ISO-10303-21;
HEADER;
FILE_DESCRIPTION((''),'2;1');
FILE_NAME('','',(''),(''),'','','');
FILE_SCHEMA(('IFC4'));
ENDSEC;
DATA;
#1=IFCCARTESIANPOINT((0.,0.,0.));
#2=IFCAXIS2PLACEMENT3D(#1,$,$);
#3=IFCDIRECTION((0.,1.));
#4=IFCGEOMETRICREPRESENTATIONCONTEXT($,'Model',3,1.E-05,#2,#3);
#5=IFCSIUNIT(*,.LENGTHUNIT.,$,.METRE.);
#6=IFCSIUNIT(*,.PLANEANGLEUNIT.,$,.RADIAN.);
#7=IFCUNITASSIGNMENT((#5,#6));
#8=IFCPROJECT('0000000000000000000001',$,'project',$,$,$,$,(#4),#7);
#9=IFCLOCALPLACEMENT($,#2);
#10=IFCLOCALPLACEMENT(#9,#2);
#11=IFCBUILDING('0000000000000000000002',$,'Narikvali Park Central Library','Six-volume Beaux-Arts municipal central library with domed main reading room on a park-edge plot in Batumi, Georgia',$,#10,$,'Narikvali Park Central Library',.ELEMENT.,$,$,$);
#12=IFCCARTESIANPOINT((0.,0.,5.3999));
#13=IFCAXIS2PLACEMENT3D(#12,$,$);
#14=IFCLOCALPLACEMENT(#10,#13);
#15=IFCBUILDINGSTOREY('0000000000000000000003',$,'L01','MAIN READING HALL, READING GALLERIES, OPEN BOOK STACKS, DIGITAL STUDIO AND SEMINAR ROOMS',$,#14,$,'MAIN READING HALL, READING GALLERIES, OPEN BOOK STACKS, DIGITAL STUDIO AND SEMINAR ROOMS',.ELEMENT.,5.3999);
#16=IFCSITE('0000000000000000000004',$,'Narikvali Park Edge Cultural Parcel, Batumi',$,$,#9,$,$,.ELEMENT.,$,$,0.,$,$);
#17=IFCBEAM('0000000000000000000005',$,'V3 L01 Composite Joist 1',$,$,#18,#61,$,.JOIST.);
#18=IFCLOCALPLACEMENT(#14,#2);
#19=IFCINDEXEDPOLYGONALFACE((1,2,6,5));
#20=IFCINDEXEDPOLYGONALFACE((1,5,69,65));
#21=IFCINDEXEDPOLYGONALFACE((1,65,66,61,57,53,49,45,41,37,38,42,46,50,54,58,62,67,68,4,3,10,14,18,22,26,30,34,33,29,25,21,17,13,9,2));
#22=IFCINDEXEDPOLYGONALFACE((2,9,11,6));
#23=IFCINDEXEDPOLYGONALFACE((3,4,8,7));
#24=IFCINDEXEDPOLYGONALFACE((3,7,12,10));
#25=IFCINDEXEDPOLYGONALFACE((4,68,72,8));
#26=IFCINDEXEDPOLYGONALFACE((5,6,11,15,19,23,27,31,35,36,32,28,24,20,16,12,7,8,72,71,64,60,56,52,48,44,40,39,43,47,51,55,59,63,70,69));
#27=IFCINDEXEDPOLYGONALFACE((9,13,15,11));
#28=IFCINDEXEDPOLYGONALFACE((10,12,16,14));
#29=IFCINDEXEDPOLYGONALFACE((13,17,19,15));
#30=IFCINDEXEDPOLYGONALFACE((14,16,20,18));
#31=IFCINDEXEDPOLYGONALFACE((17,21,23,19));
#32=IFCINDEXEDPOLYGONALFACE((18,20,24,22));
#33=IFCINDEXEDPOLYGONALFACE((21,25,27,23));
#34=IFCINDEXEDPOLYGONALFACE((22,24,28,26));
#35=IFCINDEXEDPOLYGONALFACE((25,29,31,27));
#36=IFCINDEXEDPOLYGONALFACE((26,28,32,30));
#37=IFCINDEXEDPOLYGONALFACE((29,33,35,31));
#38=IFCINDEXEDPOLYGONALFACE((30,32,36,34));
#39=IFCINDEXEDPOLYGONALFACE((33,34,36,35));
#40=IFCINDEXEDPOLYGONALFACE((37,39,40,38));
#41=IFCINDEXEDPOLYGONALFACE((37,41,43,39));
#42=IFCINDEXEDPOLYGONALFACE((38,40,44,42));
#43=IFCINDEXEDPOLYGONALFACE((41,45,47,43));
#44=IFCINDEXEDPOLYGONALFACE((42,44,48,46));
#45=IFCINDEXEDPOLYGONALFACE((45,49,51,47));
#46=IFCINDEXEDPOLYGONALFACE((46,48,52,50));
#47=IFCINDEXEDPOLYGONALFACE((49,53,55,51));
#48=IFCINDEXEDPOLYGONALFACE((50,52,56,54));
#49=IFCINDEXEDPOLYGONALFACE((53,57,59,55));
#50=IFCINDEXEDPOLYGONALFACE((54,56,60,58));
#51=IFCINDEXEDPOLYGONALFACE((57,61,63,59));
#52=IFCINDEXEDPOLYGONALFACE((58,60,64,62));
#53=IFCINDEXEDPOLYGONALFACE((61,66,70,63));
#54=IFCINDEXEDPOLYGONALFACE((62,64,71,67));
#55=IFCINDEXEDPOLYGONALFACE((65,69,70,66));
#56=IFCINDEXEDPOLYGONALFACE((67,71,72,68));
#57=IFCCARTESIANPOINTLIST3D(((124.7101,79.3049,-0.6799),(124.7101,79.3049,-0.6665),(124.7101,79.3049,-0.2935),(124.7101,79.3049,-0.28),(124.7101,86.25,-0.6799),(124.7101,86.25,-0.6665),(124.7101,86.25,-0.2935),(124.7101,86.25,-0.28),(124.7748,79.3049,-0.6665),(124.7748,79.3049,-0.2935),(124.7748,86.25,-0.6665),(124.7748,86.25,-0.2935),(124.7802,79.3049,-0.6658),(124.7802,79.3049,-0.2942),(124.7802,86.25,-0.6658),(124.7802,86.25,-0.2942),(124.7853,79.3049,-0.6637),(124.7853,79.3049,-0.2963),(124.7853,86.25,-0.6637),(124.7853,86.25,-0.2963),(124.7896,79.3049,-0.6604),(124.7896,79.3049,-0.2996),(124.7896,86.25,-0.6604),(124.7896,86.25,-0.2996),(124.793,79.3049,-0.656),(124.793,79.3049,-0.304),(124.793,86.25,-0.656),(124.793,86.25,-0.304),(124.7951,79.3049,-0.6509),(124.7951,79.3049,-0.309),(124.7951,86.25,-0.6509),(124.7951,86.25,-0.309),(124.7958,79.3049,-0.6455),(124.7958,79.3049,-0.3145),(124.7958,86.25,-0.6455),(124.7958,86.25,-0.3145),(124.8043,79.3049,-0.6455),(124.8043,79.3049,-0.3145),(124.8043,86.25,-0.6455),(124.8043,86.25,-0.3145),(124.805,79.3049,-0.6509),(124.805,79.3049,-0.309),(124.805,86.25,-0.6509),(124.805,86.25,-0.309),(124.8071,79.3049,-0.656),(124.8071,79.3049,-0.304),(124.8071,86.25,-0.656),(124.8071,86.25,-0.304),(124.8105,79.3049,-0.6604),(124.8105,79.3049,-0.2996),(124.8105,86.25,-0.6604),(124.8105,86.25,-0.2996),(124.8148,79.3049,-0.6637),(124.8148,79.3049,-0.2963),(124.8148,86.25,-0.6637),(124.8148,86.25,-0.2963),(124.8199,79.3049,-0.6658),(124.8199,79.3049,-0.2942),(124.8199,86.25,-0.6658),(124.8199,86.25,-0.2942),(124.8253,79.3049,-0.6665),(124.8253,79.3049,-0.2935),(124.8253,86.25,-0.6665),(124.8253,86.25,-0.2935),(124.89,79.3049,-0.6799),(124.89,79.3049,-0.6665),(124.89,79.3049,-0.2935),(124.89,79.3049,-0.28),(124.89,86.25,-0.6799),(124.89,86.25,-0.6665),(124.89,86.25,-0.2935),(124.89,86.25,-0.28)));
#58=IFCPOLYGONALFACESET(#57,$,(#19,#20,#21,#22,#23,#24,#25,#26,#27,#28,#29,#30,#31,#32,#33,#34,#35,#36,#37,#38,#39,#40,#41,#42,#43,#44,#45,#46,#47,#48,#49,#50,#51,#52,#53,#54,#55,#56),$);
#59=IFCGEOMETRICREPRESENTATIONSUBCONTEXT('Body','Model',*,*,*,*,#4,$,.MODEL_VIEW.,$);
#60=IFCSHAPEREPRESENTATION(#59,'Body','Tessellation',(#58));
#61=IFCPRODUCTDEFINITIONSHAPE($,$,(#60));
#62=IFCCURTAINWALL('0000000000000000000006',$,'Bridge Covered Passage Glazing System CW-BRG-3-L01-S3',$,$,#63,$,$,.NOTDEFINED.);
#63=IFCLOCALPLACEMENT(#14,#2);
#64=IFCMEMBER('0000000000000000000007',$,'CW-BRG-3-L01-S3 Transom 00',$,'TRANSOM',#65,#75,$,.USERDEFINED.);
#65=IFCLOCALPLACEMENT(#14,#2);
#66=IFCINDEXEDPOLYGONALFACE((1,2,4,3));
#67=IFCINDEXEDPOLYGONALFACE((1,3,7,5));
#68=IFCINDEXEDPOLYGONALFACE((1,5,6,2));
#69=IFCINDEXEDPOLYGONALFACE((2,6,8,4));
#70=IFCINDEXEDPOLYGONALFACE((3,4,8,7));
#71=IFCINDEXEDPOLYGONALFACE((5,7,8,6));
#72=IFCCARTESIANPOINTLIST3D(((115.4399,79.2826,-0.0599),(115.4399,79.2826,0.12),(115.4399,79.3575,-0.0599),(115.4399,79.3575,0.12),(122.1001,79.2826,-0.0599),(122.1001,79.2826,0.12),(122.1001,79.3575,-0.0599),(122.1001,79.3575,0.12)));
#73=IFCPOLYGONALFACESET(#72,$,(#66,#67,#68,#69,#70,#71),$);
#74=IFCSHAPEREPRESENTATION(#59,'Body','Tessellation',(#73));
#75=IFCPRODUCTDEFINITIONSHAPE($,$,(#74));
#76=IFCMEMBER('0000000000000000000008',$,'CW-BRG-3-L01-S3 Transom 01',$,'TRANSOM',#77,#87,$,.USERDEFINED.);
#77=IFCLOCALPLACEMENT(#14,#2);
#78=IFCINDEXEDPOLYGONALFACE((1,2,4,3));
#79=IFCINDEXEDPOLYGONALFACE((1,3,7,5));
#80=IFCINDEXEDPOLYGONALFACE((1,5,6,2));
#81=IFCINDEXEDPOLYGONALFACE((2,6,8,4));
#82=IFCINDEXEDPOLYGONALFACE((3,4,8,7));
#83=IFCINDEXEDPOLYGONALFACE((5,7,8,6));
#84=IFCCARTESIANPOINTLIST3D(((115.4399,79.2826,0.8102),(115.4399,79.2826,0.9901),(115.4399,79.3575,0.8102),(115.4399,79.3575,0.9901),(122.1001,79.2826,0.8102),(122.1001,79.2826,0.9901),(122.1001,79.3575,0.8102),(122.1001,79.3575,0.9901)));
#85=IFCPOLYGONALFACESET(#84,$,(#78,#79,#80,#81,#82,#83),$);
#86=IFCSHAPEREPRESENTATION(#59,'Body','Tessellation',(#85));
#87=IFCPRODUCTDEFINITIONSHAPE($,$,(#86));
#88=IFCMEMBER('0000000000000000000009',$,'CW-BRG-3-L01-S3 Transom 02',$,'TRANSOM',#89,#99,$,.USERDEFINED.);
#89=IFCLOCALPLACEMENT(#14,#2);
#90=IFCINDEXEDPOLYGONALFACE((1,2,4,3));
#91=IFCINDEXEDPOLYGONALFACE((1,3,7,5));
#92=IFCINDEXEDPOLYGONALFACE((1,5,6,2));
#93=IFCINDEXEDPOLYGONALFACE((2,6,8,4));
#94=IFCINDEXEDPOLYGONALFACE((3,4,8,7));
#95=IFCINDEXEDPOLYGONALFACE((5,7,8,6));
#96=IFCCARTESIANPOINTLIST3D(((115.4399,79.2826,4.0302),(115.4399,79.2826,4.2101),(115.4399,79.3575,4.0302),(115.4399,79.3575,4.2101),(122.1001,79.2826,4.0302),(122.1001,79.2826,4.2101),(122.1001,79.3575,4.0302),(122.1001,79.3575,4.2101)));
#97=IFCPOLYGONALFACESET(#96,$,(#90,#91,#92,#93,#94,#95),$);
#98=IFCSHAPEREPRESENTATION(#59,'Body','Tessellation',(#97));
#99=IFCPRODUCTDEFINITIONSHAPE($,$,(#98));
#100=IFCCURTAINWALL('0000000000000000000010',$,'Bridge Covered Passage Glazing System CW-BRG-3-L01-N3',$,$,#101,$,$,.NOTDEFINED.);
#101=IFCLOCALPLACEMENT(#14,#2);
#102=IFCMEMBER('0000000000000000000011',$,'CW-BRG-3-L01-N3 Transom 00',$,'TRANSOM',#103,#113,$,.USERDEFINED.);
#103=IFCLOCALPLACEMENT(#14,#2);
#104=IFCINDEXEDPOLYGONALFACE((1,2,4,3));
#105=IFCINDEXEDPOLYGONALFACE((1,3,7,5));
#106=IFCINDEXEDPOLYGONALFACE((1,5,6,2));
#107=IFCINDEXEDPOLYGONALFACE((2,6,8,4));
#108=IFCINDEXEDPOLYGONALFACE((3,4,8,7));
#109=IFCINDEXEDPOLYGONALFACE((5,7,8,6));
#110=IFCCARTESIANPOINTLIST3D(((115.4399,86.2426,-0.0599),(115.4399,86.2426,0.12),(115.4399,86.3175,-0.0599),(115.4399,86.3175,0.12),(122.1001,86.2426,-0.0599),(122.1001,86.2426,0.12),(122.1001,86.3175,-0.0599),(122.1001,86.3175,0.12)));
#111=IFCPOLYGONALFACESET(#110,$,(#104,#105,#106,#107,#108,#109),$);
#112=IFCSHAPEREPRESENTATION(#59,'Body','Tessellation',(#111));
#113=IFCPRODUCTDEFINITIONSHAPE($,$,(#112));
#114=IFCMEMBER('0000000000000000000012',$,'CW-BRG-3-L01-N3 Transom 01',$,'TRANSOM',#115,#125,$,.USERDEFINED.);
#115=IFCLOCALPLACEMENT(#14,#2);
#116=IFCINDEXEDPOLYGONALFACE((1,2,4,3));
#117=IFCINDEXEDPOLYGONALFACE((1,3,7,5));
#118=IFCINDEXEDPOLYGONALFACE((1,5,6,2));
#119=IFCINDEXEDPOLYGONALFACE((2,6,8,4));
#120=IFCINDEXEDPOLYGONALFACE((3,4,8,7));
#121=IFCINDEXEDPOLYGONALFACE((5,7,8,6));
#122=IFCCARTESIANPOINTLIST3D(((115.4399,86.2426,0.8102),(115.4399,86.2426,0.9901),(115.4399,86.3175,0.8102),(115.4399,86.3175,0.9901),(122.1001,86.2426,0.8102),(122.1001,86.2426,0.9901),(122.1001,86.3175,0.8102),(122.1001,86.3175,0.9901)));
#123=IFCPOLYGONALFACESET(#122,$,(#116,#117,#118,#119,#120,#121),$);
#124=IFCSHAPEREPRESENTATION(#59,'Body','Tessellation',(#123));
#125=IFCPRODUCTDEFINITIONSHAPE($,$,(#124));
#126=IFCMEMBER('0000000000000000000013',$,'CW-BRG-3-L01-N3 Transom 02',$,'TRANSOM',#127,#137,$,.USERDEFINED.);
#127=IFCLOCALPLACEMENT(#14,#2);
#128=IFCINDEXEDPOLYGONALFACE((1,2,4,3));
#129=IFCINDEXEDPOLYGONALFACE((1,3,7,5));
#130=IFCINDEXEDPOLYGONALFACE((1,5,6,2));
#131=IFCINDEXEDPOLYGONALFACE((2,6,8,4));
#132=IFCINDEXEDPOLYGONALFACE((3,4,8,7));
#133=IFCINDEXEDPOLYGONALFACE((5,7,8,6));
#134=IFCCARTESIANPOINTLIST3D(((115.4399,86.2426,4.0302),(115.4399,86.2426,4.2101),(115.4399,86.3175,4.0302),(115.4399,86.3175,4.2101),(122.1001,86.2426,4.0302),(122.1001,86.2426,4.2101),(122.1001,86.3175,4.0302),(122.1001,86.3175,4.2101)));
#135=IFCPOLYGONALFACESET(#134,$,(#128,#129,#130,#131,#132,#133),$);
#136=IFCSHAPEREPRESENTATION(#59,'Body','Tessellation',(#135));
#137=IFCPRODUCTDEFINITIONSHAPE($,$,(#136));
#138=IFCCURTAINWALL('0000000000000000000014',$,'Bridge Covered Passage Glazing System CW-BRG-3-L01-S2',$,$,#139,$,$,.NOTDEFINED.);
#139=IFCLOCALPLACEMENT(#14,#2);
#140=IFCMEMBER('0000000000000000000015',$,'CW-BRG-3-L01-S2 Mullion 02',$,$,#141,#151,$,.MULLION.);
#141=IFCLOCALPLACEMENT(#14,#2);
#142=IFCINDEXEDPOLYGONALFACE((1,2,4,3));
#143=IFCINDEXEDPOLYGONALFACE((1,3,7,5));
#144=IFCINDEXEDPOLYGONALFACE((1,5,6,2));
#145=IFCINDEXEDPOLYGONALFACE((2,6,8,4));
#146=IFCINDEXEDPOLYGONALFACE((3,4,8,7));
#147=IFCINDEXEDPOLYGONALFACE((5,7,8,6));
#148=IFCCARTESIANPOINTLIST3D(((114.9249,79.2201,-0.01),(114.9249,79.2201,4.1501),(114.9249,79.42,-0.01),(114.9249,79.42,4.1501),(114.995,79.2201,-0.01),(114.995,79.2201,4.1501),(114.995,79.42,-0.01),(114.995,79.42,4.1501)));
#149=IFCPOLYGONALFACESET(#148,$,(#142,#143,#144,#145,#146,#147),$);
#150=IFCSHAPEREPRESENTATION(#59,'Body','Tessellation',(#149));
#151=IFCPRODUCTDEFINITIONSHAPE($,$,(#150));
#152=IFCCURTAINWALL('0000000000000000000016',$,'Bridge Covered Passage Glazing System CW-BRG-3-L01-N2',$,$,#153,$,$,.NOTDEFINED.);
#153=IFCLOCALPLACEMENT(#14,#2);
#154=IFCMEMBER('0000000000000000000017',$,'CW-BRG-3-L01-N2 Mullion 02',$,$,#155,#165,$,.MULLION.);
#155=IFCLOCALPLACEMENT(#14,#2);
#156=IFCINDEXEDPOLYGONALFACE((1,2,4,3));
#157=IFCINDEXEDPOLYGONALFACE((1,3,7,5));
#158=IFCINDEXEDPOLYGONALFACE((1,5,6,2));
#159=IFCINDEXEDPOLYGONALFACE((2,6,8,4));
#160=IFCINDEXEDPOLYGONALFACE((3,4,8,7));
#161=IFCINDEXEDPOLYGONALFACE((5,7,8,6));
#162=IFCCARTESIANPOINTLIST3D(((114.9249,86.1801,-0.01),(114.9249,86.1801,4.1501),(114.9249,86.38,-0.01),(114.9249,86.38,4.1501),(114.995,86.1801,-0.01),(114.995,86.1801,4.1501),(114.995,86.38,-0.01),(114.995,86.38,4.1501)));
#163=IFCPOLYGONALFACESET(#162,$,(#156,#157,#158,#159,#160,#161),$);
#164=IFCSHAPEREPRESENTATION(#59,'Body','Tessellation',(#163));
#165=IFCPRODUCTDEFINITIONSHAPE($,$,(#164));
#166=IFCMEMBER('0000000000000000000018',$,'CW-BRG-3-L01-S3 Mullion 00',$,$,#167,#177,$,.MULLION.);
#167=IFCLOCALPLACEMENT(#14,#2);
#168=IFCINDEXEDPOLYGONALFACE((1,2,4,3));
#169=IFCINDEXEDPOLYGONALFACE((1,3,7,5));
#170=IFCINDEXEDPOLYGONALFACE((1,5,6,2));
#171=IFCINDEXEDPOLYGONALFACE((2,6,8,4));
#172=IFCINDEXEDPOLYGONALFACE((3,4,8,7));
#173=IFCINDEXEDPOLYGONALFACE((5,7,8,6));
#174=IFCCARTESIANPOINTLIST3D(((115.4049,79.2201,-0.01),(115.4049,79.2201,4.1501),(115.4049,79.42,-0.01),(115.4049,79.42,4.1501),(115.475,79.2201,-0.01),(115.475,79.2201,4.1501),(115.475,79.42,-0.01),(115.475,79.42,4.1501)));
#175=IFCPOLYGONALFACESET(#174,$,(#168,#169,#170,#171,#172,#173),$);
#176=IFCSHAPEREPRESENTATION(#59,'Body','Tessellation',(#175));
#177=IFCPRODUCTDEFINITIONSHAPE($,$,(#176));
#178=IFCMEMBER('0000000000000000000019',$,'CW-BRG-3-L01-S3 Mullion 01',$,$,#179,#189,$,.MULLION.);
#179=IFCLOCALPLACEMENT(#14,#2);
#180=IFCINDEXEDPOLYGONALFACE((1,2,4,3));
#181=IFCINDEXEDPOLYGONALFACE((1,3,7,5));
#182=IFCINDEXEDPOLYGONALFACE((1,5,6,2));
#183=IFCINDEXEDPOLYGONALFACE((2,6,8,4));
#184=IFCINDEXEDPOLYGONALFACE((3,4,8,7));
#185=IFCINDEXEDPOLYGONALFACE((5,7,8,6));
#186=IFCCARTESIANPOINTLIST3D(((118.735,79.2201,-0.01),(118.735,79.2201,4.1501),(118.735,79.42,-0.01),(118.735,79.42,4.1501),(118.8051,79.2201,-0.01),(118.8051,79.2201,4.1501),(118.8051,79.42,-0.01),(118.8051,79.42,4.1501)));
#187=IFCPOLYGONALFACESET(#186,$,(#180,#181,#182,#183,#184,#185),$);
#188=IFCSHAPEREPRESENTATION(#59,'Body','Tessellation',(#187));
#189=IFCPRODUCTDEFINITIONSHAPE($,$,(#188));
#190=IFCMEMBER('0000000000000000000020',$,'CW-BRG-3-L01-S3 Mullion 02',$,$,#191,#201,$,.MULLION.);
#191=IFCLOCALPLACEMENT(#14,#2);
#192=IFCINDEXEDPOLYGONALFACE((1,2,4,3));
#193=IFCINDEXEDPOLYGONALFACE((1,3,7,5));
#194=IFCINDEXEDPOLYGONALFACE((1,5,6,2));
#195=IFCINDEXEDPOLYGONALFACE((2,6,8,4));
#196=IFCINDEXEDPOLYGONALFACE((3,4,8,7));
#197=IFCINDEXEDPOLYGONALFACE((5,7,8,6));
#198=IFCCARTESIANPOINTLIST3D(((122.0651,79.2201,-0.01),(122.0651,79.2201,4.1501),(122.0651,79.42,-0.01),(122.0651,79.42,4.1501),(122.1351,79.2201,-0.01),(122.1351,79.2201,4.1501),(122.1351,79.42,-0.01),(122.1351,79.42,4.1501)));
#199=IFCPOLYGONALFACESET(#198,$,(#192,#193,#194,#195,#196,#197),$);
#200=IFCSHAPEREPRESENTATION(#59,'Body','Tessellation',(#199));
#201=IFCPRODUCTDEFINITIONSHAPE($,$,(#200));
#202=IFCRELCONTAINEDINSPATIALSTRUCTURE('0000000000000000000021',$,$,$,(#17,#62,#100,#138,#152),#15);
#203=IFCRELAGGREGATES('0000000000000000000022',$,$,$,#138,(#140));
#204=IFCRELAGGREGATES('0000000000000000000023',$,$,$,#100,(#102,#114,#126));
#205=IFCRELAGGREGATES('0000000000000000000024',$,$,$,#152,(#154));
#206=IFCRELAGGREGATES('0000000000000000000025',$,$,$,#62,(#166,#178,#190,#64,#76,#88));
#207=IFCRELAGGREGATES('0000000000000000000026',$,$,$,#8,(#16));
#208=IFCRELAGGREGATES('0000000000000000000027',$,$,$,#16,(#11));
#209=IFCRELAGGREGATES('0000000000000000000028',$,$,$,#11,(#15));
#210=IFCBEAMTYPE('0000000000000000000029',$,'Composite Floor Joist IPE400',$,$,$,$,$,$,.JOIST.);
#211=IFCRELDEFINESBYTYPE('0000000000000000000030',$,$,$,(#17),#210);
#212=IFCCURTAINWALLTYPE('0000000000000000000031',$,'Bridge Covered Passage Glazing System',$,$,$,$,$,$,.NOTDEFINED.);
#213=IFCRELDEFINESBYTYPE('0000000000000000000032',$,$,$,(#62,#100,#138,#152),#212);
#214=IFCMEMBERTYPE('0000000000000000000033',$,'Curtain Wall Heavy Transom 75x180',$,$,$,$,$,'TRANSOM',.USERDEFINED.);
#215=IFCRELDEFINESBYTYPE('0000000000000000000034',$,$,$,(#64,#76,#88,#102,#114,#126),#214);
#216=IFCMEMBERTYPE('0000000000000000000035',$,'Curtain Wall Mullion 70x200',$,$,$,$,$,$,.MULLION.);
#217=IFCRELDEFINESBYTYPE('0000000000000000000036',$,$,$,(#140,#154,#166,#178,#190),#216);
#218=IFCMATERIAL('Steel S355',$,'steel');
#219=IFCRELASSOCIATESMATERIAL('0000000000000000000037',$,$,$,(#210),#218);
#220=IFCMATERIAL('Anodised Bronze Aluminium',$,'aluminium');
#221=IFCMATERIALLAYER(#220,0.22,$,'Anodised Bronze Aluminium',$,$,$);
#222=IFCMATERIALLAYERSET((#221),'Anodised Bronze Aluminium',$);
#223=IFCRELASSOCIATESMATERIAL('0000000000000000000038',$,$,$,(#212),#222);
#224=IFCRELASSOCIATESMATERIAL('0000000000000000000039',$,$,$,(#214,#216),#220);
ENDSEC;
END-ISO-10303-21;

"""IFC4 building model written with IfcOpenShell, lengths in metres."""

from ifc_helpers import new_model, si_unit, direction, frame, origin, origin_2d, place, context, subcontext, project, spatial, rectangle, i_section, extrude, material, layer, layer_set, material_profile, profile_set, type_object, element, aggregate, save


model = new_model("IFC4")

# Units and contexts
model_context = context("Model", 3, precision=1e-05, world=origin(), true_north=direction((0.0, 1.0)))
body_context = subcontext(model_context, "Body", "Model", "MODEL_VIEW")
ifc_project = project(units=[si_unit("LENGTHUNIT", "METRE"), si_unit("PLANEANGLEUNIT", "RADIAN")], contexts=[model_context])

# Site, building, storey
site_placement = place(None, origin())
site = spatial("IfcSite", under=ifc_project, at=site_placement, Name="Narikvali Park Edge Cultural Parcel, Batumi", CompositionType="ELEMENT", RefElevation=0.0)
building_placement = place(site_placement, origin())
building = spatial("IfcBuilding", under=site, at=building_placement, Name="Narikvali Park Central Library", Description="Six-volume Beaux-Arts municipal central library with domed main reading room on a park-edge plot in Batumi, Georgia", LongName="Narikvali Park Central Library", CompositionType="ELEMENT")
storey_placement = place(building_placement, frame((0.0, 0.0, 5.3999)))
storey = spatial("IfcBuildingStorey", under=building, at=storey_placement, Name="L01", Description="MAIN READING HALL, READING GALLERIES, OPEN BOOK STACKS, DIGITAL STUDIO AND SEMINAR ROOMS", LongName="MAIN READING HALL, READING GALLERIES, OPEN BOOK STACKS, DIGITAL STUDIO AND SEMINAR ROOMS", CompositionType="ELEMENT", Elevation=5.3999)

# Shared definitions
ifc_material_1 = material(Name="Steel S355", Category="steel")

# Beam
ifc_material_profile_1 = material_profile(ifc_material_1, i_section(OverallWidth=0.1799, OverallDepth=0.3999, WebThickness=0.0085, FlangeThickness=0.0134, FilletRadius=0.021, at=origin_2d()), Name="IPE 400")
ifc_profile_set_1 = profile_set([ifc_material_profile_1], Name="Steel S355")
beam_type_1 = type_object("IfcBeamType", Name="Composite Floor Joist IPE400", PredefinedType="JOIST", material=ifc_profile_set_1)
beam_1_placement = place(storey_placement, frame((124.8, 79.3049, -0.48), z_axis=(0.0, 1.0, 0.0), x_axis=(-1.0, 0.0, 0.0)))
element("IfcBeam", 1, at=beam_1_placement, inside=storey, type_object=beam_type_1, Name="V3 L01 Composite Joist 1", PredefinedType="JOIST", context=body_context, shape_type="SweptSolid", body=[
    extrude(i_section(OverallWidth=0.1799, OverallDepth=0.3999, WebThickness=0.0085, FlangeThickness=0.0134, FilletRadius=0.021, at=origin_2d()), origin(), (0.0, 0.0, 1.0), 6.9451),
])

# Curtain walls, members
ifc_material_2 = material(Name="Anodised Bronze Aluminium", Category="aluminium")
ifc_layer_1 = layer(ifc_material_2, 0.22, Name="Anodised Bronze Aluminium")
ifc_layer_set_1 = layer_set([ifc_layer_1], Name="Anodised Bronze Aluminium")
curtain_wall_type = type_object("IfcCurtainWallType", Name="Bridge Covered Passage Glazing System", PredefinedType="NOTDEFINED", material=ifc_layer_set_1)
curtain_wall_1_placement = place(storey_placement, origin())
curtain_wall_1 = element("IfcCurtainWall", 2, at=curtain_wall_1_placement, inside=storey, type_object=curtain_wall_type, Name="Bridge Covered Passage Glazing System CW-BRG-3-L01-S3", PredefinedType="NOTDEFINED")
ifc_material_profile_2 = material_profile(ifc_material_2, rectangle(XDim=0.075, YDim=0.1799, at=origin_2d()), Name="CW TRANSOM 75x180")
ifc_profile_set_2 = profile_set([ifc_material_profile_2], Name="Anodised Bronze Aluminium")
member_type_1 = type_object("IfcMemberType", Name="Curtain Wall Heavy Transom 75x180", ElementType="TRANSOM", PredefinedType="USERDEFINED", material=ifc_profile_set_2)
member_1_placement = place(storey_placement, frame((115.4399, 79.3201, 0.03), z_axis=(1.0, 0.0, 0.0), x_axis=(0.0, 1.0, 0.0)))
member_1 = element("IfcMember", 3, at=member_1_placement, type_object=member_type_1, Name="CW-BRG-3-L01-S3 Transom 00", ObjectType="TRANSOM", PredefinedType="USERDEFINED", context=body_context, shape_type="SweptSolid", body=[
    extrude(rectangle(XDim=0.075, YDim=0.1799, at=origin_2d()), origin(), (0.0, 0.0, 1.0), 6.6602),
])
member_2_placement = place(storey_placement, frame((115.4399, 79.3201, 0.9001), z_axis=(1.0, 0.0, 0.0), x_axis=(0.0, 1.0, 0.0)))
member_2 = element("IfcMember", 4, at=member_2_placement, type_object=member_type_1, Name="CW-BRG-3-L01-S3 Transom 01", ObjectType="TRANSOM", PredefinedType="USERDEFINED", context=body_context, shape_type="SweptSolid", body=[
    extrude(rectangle(XDim=0.075, YDim=0.1799, at=origin_2d()), origin(), (0.0, 0.0, 1.0), 6.6602),
])
member_3_placement = place(storey_placement, frame((115.4399, 79.3201, 4.1201), z_axis=(1.0, 0.0, 0.0), x_axis=(0.0, 1.0, 0.0)))
member_3 = element("IfcMember", 5, at=member_3_placement, type_object=member_type_1, Name="CW-BRG-3-L01-S3 Transom 02", ObjectType="TRANSOM", PredefinedType="USERDEFINED", context=body_context, shape_type="SweptSolid", body=[
    extrude(rectangle(XDim=0.075, YDim=0.1799, at=origin_2d()), origin(), (0.0, 0.0, 1.0), 6.6602),
])
curtain_wall_2_placement = place(storey_placement, origin())
curtain_wall_2 = element("IfcCurtainWall", 6, at=curtain_wall_2_placement, inside=storey, type_object=curtain_wall_type, Name="Bridge Covered Passage Glazing System CW-BRG-3-L01-N3", PredefinedType="NOTDEFINED")
member_4_placement = place(storey_placement, frame((115.4399, 86.28, 0.03), z_axis=(1.0, 0.0, 0.0), x_axis=(0.0, 1.0, 0.0)))
member_4 = element("IfcMember", 7, at=member_4_placement, type_object=member_type_1, Name="CW-BRG-3-L01-N3 Transom 00", ObjectType="TRANSOM", PredefinedType="USERDEFINED", context=body_context, shape_type="SweptSolid", body=[
    extrude(rectangle(XDim=0.075, YDim=0.1799, at=origin_2d()), origin(), (0.0, 0.0, 1.0), 6.6602),
])
member_5_placement = place(storey_placement, frame((115.4399, 86.28, 0.9001), z_axis=(1.0, 0.0, 0.0), x_axis=(0.0, 1.0, 0.0)))
member_5 = element("IfcMember", 8, at=member_5_placement, type_object=member_type_1, Name="CW-BRG-3-L01-N3 Transom 01", ObjectType="TRANSOM", PredefinedType="USERDEFINED", context=body_context, shape_type="SweptSolid", body=[
    extrude(rectangle(XDim=0.075, YDim=0.1799, at=origin_2d()), origin(), (0.0, 0.0, 1.0), 6.6602),
])
member_6_placement = place(storey_placement, frame((115.4399, 86.28, 4.1201), z_axis=(1.0, 0.0, 0.0), x_axis=(0.0, 1.0, 0.0)))
member_6 = element("IfcMember", 9, at=member_6_placement, type_object=member_type_1, Name="CW-BRG-3-L01-N3 Transom 02", ObjectType="TRANSOM", PredefinedType="USERDEFINED", context=body_context, shape_type="SweptSolid", body=[
    extrude(rectangle(XDim=0.075, YDim=0.1799, at=origin_2d()), origin(), (0.0, 0.0, 1.0), 6.6602),
])

# Curtain walls, members
curtain_wall_3_placement = place(storey_placement, origin())
curtain_wall_3 = element("IfcCurtainWall", 10, at=curtain_wall_3_placement, inside=storey, type_object=curtain_wall_type, Name="Bridge Covered Passage Glazing System CW-BRG-3-L01-S2", PredefinedType="NOTDEFINED")
ifc_material_profile_3 = material_profile(ifc_material_2, rectangle(XDim=0.0701, YDim=0.2, at=origin_2d()), Name="CW MULLION 70x200")
ifc_profile_set_3 = profile_set([ifc_material_profile_3], Name="Anodised Bronze Aluminium")
member_type_2 = type_object("IfcMemberType", Name="Curtain Wall Mullion 70x200", PredefinedType="MULLION", material=ifc_profile_set_3)
member_7_placement = place(storey_placement, frame((114.96, 79.3201, -0.01), z_axis=(0.0, 0.0, 1.0), x_axis=(1.0, 0.0, 0.0)))
member_7 = element("IfcMember", 11, at=member_7_placement, type_object=member_type_2, Name="CW-BRG-3-L01-S2 Mullion 02", PredefinedType="MULLION", context=body_context, shape_type="SweptSolid", body=[
    extrude(rectangle(XDim=0.0701, YDim=0.2, at=origin_2d()), origin(), (0.0, 0.0, 1.0), 4.1602),
])
aggregate(curtain_wall_3, [member_7])
curtain_wall_4_placement = place(storey_placement, origin())
curtain_wall_4 = element("IfcCurtainWall", 12, at=curtain_wall_4_placement, inside=storey, type_object=curtain_wall_type, Name="Bridge Covered Passage Glazing System CW-BRG-3-L01-N2", PredefinedType="NOTDEFINED")
member_8_placement = place(storey_placement, frame((114.96, 86.28, -0.01), z_axis=(0.0, 0.0, 1.0), x_axis=(1.0, 0.0, 0.0)))
member_8 = element("IfcMember", 13, at=member_8_placement, type_object=member_type_2, Name="CW-BRG-3-L01-N2 Mullion 02", PredefinedType="MULLION", context=body_context, shape_type="SweptSolid", body=[
    extrude(rectangle(XDim=0.0701, YDim=0.2, at=origin_2d()), origin(), (0.0, 0.0, 1.0), 4.1602),
])

# Members
member_9_placement = place(storey_placement, frame((115.4399, 79.3201, -0.01), z_axis=(0.0, 0.0, 1.0), x_axis=(1.0, 0.0, 0.0)))
member_9 = element("IfcMember", 14, at=member_9_placement, type_object=member_type_2, Name="CW-BRG-3-L01-S3 Mullion 00", PredefinedType="MULLION", context=body_context, shape_type="SweptSolid", body=[
    extrude(rectangle(XDim=0.0701, YDim=0.2, at=origin_2d()), origin(), (0.0, 0.0, 1.0), 4.1602),
])
member_10_placement = place(storey_placement, frame((118.77, 79.3201, -0.01), z_axis=(0.0, 0.0, 1.0), x_axis=(1.0, 0.0, 0.0)))
member_10 = element("IfcMember", 15, at=member_10_placement, type_object=member_type_2, Name="CW-BRG-3-L01-S3 Mullion 01", PredefinedType="MULLION", context=body_context, shape_type="SweptSolid", body=[
    extrude(rectangle(XDim=0.0701, YDim=0.2, at=origin_2d()), origin(), (0.0, 0.0, 1.0), 4.1602),
])
member_11_placement = place(storey_placement, frame((122.1001, 79.3201, -0.01), z_axis=(0.0, 0.0, 1.0), x_axis=(1.0, 0.0, 0.0)))
member_11 = element("IfcMember", 16, at=member_11_placement, type_object=member_type_2, Name="CW-BRG-3-L01-S3 Mullion 02", PredefinedType="MULLION", context=body_context, shape_type="SweptSolid", body=[
    extrude(rectangle(XDim=0.0701, YDim=0.2, at=origin_2d()), origin(), (0.0, 0.0, 1.0), 4.1602),
])
aggregate(curtain_wall_2, [member_4, member_5, member_6])

aggregate(curtain_wall_4, [member_8])
aggregate(curtain_wall_1, [member_9, member_10, member_11, member_1, member_2, member_3])

save(model, "model.ifc")
